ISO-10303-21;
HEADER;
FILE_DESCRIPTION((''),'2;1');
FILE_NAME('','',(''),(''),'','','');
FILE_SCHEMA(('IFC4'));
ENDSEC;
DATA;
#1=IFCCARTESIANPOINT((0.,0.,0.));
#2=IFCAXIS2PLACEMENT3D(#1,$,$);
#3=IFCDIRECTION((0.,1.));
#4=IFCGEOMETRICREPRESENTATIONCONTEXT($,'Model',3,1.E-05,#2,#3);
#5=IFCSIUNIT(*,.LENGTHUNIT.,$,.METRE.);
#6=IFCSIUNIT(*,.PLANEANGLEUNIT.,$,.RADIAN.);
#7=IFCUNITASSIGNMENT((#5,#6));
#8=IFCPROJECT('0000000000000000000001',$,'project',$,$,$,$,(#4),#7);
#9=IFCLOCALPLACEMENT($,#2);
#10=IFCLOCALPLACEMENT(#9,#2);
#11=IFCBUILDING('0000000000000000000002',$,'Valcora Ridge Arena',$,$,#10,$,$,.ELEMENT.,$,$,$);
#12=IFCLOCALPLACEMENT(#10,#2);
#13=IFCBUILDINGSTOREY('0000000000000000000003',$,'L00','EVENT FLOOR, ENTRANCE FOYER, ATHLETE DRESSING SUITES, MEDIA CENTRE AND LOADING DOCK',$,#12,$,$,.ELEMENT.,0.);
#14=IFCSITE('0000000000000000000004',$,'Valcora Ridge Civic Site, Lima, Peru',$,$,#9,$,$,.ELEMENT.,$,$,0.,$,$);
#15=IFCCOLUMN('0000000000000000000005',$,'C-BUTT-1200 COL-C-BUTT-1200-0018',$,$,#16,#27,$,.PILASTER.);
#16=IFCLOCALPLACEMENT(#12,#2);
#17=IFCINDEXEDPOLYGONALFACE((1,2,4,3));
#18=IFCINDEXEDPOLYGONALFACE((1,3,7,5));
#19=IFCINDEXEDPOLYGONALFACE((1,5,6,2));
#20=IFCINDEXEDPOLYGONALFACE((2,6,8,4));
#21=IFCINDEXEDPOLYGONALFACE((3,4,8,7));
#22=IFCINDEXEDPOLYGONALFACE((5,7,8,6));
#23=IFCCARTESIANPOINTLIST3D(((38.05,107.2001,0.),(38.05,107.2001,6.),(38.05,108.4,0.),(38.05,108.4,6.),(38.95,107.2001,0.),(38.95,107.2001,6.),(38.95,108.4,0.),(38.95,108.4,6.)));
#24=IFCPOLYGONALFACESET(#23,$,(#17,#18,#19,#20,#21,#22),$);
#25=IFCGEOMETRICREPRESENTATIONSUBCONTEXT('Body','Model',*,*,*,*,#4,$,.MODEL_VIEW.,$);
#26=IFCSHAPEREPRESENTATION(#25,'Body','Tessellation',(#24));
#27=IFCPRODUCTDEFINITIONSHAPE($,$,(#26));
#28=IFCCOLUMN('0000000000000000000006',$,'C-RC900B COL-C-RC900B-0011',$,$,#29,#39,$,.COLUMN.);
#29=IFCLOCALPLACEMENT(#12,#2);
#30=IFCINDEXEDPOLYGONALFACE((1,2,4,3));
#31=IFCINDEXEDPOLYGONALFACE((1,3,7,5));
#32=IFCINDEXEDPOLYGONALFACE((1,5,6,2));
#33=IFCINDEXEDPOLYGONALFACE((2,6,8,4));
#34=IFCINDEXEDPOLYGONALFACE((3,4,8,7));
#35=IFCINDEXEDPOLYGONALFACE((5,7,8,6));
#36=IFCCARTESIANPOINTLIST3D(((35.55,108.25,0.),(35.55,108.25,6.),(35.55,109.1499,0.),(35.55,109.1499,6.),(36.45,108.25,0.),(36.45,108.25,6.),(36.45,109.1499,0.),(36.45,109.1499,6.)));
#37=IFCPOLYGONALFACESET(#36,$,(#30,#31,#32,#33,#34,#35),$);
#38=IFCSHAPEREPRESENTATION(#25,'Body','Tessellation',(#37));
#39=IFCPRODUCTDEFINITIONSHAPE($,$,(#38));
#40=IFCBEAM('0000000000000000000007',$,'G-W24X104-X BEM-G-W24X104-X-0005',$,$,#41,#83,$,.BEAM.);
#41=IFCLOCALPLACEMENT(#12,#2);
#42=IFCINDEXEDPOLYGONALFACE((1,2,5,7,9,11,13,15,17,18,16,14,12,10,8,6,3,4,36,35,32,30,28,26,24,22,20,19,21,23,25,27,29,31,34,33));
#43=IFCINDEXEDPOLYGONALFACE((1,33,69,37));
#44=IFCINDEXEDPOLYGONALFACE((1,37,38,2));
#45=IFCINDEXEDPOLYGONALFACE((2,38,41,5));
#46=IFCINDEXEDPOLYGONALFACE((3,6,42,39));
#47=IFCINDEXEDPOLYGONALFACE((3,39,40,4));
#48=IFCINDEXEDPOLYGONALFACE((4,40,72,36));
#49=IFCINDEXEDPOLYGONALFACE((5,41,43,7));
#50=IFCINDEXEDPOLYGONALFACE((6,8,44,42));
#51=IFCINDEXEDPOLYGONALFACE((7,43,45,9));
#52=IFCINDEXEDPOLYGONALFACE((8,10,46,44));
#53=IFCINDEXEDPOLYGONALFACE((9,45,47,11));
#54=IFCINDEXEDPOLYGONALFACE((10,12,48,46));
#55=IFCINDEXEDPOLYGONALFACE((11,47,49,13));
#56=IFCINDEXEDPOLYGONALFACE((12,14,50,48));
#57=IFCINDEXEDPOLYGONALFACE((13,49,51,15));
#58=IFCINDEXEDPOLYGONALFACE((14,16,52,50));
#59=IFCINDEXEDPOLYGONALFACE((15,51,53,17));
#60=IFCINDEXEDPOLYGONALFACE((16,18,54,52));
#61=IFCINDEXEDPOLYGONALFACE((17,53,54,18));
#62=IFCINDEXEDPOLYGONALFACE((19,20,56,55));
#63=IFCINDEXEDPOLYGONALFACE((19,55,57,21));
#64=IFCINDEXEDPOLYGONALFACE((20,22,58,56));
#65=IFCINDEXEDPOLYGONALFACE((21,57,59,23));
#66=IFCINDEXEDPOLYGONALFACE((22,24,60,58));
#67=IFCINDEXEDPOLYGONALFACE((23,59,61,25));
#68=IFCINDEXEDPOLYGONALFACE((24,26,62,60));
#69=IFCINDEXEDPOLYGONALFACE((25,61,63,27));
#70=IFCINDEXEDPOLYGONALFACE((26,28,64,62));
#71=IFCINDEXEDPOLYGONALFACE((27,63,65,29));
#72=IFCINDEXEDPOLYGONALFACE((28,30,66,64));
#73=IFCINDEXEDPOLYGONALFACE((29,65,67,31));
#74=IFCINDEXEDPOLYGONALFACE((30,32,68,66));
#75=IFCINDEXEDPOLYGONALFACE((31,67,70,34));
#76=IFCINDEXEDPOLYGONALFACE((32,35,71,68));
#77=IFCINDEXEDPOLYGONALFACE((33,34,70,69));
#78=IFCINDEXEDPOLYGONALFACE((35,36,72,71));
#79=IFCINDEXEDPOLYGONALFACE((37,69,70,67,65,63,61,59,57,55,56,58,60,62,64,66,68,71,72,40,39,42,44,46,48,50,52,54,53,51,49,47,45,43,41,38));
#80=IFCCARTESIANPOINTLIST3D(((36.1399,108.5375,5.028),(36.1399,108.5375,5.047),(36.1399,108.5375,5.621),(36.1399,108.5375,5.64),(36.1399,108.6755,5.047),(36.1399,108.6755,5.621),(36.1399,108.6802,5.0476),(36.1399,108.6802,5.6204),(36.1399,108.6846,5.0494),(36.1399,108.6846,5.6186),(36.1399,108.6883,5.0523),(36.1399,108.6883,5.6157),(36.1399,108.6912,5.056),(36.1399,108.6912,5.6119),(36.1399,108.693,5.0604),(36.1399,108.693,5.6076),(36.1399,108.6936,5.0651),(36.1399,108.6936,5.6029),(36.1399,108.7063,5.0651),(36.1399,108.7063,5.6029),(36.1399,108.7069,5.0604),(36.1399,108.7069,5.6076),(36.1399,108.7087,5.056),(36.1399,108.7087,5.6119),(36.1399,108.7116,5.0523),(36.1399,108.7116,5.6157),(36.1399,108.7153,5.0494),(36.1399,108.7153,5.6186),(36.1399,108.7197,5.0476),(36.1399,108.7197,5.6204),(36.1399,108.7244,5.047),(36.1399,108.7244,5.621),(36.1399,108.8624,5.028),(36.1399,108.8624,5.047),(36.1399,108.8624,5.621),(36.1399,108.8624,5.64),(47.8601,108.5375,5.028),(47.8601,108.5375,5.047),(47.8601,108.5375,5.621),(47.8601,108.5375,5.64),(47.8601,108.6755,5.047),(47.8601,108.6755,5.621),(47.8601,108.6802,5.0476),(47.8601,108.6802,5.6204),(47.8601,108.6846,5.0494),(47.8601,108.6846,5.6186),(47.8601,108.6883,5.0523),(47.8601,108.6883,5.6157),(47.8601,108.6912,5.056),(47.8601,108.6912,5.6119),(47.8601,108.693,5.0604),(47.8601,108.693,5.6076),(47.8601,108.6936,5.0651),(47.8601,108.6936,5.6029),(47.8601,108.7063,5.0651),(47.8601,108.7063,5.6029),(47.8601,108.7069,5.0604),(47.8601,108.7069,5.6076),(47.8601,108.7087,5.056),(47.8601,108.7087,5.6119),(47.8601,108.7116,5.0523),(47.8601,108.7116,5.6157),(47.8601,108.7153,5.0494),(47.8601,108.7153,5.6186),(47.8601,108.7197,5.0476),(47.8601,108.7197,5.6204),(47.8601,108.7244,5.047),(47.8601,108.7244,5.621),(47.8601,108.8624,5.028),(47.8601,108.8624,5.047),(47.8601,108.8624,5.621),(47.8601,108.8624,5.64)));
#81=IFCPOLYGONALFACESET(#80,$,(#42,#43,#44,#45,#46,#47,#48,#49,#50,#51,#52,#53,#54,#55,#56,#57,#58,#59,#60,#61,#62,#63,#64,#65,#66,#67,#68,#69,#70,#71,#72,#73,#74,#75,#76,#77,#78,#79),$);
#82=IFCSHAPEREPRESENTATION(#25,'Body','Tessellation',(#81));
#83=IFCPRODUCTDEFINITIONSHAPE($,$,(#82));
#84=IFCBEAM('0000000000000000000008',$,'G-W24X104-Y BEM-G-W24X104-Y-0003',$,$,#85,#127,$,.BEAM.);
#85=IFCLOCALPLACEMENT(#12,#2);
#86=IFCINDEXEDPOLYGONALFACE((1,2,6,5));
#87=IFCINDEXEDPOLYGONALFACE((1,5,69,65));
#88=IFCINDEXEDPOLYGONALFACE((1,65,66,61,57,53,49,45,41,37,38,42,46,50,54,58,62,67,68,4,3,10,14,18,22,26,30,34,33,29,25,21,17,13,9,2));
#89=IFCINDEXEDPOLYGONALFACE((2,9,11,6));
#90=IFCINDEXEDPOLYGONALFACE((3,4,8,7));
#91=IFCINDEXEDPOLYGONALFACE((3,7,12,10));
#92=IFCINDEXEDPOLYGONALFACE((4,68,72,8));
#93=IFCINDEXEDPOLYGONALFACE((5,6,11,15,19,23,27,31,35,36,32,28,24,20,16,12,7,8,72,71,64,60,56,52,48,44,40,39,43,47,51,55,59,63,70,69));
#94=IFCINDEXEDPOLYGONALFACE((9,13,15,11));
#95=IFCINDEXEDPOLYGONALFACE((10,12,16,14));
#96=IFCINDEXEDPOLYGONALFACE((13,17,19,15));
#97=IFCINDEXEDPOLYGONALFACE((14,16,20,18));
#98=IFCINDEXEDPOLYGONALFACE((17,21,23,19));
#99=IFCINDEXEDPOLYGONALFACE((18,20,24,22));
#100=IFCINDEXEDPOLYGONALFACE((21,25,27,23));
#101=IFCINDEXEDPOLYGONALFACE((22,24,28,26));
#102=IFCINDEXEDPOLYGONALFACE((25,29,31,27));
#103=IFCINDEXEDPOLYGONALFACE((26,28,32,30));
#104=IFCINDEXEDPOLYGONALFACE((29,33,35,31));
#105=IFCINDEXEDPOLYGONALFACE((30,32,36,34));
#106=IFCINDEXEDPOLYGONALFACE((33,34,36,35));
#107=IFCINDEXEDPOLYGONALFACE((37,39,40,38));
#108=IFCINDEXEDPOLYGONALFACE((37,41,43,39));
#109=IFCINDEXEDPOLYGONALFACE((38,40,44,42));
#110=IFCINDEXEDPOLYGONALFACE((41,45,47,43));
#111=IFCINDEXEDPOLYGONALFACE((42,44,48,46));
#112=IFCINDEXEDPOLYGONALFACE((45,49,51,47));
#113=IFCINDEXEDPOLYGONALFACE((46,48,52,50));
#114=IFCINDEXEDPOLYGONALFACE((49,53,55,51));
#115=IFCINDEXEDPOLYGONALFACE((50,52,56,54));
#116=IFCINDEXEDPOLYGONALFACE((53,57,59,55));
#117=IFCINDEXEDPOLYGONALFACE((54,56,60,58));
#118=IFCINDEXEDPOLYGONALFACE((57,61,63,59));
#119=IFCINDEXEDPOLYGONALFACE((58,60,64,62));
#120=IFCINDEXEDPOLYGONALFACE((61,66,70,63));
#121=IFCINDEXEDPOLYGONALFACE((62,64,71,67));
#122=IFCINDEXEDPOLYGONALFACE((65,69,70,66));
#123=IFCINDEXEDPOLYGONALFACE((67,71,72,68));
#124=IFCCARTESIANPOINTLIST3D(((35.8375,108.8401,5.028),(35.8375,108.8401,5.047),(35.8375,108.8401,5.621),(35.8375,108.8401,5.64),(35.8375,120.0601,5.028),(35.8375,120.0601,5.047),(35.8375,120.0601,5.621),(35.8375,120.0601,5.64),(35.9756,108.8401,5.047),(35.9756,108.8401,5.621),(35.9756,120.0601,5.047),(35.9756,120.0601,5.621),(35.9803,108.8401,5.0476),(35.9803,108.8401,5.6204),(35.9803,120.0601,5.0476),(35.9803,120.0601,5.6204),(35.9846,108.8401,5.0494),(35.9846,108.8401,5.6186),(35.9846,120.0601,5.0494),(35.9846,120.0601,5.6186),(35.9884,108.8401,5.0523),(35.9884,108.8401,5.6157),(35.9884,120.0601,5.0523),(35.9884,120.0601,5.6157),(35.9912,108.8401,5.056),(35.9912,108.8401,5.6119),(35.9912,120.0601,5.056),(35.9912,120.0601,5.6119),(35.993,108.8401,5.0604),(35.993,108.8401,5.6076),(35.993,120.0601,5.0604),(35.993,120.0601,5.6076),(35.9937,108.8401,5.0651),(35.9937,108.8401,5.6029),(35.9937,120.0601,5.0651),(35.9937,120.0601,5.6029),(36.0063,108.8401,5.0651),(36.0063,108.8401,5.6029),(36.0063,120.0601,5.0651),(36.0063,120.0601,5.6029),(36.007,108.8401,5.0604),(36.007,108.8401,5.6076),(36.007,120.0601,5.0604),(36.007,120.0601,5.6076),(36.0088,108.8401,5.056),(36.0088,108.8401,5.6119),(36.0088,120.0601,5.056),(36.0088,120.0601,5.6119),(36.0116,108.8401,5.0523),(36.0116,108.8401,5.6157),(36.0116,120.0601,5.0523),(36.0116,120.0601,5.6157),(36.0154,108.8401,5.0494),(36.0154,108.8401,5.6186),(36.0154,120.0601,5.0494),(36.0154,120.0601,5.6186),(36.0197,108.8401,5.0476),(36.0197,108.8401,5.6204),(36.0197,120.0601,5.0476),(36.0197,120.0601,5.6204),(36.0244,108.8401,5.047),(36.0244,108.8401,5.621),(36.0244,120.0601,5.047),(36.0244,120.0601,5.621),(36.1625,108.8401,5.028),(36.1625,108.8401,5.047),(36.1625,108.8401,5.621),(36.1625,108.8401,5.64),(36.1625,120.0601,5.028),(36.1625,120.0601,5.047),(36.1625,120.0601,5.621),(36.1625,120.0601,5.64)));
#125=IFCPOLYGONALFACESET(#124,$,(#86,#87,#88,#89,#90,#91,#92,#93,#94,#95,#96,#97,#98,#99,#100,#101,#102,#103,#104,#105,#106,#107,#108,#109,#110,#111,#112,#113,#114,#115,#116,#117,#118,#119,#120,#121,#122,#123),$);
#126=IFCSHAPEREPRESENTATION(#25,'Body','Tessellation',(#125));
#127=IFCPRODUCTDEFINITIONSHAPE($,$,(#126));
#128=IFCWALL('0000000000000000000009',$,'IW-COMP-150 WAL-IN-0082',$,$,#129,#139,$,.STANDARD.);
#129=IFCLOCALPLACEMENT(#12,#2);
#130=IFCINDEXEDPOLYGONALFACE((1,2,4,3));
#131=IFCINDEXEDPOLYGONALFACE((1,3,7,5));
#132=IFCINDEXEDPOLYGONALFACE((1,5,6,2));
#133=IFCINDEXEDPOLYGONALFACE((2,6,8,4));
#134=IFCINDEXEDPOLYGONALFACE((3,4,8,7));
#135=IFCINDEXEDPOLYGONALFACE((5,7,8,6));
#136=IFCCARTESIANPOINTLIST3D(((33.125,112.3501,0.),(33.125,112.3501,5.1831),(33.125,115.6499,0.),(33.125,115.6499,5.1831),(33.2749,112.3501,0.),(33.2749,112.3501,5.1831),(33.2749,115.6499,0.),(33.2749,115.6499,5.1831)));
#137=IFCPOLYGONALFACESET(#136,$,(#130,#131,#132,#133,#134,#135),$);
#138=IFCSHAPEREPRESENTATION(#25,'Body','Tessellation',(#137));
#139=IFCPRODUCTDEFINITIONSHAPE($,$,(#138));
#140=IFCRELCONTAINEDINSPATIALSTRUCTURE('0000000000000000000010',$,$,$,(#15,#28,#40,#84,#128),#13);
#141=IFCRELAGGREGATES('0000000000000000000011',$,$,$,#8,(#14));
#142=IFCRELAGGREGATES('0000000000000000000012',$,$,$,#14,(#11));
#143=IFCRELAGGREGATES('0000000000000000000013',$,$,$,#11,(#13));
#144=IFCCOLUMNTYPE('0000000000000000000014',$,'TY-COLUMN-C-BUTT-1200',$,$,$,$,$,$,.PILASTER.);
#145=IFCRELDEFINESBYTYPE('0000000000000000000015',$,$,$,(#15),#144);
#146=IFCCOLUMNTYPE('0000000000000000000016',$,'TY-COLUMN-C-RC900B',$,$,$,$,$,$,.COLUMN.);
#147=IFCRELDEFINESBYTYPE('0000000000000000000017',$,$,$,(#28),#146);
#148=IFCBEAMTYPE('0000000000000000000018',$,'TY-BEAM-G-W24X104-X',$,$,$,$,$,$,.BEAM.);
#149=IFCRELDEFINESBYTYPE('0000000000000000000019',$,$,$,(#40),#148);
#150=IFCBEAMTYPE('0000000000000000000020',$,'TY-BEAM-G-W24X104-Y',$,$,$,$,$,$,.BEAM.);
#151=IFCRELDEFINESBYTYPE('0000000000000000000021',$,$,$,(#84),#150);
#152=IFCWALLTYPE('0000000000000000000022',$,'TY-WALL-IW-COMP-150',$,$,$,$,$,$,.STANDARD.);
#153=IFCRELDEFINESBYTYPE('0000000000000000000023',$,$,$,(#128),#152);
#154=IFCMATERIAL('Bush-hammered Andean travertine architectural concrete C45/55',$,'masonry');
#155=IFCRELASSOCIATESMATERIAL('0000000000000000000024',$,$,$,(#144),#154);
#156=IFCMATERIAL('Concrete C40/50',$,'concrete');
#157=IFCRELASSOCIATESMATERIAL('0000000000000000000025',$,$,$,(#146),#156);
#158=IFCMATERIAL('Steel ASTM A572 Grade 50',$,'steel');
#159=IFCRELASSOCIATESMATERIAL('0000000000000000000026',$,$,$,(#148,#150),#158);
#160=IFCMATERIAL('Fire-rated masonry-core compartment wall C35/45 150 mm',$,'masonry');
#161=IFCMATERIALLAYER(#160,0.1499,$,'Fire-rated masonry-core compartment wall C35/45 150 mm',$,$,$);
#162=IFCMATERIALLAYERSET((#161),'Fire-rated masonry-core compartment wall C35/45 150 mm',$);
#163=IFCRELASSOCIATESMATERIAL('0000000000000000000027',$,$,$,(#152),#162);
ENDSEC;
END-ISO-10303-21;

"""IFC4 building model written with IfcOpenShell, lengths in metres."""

from ifc_helpers import new_model, si_unit, direction, frame, frame_2d, origin, origin_2d, place, context, subcontext, project, spatial, rectangle, i_section, extrude, material, layer, layer_set, material_profile, profile_set, type_object, element, save


model = new_model("IFC4")

# Units and contexts
model_context = context("Model", 3, precision=1e-05, world=origin(), true_north=direction((0.0, 1.0)))
body_context = subcontext(model_context, "Body", "Model", "MODEL_VIEW")
ifc_project = project(units=[si_unit("LENGTHUNIT", "METRE"), si_unit("PLANEANGLEUNIT", "RADIAN")], contexts=[model_context])

# Site, building, storey
site_placement = place(None, origin())
site = spatial("IfcSite", under=ifc_project, at=site_placement, Name="Valcora Ridge Civic Site, Lima, Peru", CompositionType="ELEMENT", RefElevation=0.0)
building_placement = place(site_placement, origin())
building = spatial("IfcBuilding", under=site, at=building_placement, Name="Valcora Ridge Arena", CompositionType="ELEMENT")
storey_placement = place(building_placement, origin())
storey = spatial("IfcBuildingStorey", under=building, at=storey_placement, Name="L00", Description="EVENT FLOOR, ENTRANCE FOYER, ATHLETE DRESSING SUITES, MEDIA CENTRE AND LOADING DOCK", CompositionType="ELEMENT", Elevation=0.0)

# Columns
ifc_material_1 = material(Name="Bush-hammered Andean travertine architectural concrete C45/55", Category="masonry")
ifc_material_profile_1 = material_profile(ifc_material_1, rectangle(XDim=0.8999, YDim=1.2, at=origin_2d()), Name="RC 900x1200")
ifc_profile_set_1 = profile_set([ifc_material_profile_1], Name="Bush-hammered Andean travertine architectural concrete C45/55")
column_type_1 = type_object("IfcColumnType", Name="TY-COLUMN-C-BUTT-1200", PredefinedType="PILASTER", material=ifc_profile_set_1)
column_1_placement = place(storey_placement, frame((38.5, 107.8, 0.0), z_axis=(0.0, 0.0, 1.0), x_axis=(1.0, 0.0, 0.0)))
element("IfcColumn", 1, at=column_1_placement, inside=storey, type_object=column_type_1, Name="C-BUTT-1200 COL-C-BUTT-1200-0018", PredefinedType="PILASTER", context=body_context, shape_type="SweptSolid", body=[
    extrude(rectangle(XDim=0.8999, YDim=1.2, at=origin_2d()), origin(), (0.0, 0.0, 1.0), 6.0),
])
ifc_material_2 = material(Name="Concrete C40/50", Category="concrete")
ifc_material_profile_2 = material_profile(ifc_material_2, rectangle(XDim=0.8999, YDim=0.8999, at=origin_2d()), Name="RC 900x900")
ifc_profile_set_2 = profile_set([ifc_material_profile_2], Name="Concrete C40/50")
column_type_2 = type_object("IfcColumnType", Name="TY-COLUMN-C-RC900B", PredefinedType="COLUMN", material=ifc_profile_set_2)
column_2_placement = place(storey_placement, frame((36.0, 108.7, 0.0), z_axis=(0.0, 0.0, 1.0), x_axis=(1.0, 0.0, 0.0)))
element("IfcColumn", 2, at=column_2_placement, inside=storey, type_object=column_type_2, Name="C-RC900B COL-C-RC900B-0011", PredefinedType="COLUMN", context=body_context, shape_type="SweptSolid", body=[
    extrude(rectangle(XDim=0.8999, YDim=0.8999, at=origin_2d()), origin(), (0.0, 0.0, 1.0), 6.0),
])

# Beams
ifc_material_3 = material(Name="Steel ASTM A572 Grade 50", Category="steel")
ifc_material_profile_3 = material_profile(ifc_material_3, i_section(OverallWidth=0.325, OverallDepth=0.6121, WebThickness=0.0127, FlangeThickness=0.019, FilletRadius=0.0181, at=origin_2d()), Name="W24X104")
ifc_profile_set_3 = profile_set([ifc_material_profile_3], Name="Steel ASTM A572 Grade 50")
beam_type_1 = type_object("IfcBeamType", Name="TY-BEAM-G-W24X104-X", PredefinedType="BEAM", material=ifc_profile_set_3)
beam_1_placement = place(storey_placement, frame((36.1399, 108.7, 5.334), z_axis=(1.0, 0.0, 0.0), x_axis=(0.0, 1.0, 0.0)))
element("IfcBeam", 3, at=beam_1_placement, inside=storey, type_object=beam_type_1, Name="G-W24X104-X BEM-G-W24X104-X-0005", PredefinedType="BEAM", context=body_context, shape_type="SweptSolid", body=[
    extrude(i_section(OverallWidth=0.325, OverallDepth=0.6121, WebThickness=0.0127, FlangeThickness=0.019, FilletRadius=0.0181, at=origin_2d()), origin(), (0.0, 0.0, 1.0), 11.7202),
])
ifc_material_profile_4 = material_profile(ifc_material_3, i_section(OverallWidth=0.325, OverallDepth=0.6121, WebThickness=0.0127, FlangeThickness=0.019, FilletRadius=0.0181, at=origin_2d()), Name="W24X104")
ifc_profile_set_4 = profile_set([ifc_material_profile_4], Name="Steel ASTM A572 Grade 50")
beam_type_2 = type_object("IfcBeamType", Name="TY-BEAM-G-W24X104-Y", PredefinedType="BEAM", material=ifc_profile_set_4)
beam_2_placement = place(storey_placement, frame((36.0, 108.8401, 5.334), z_axis=(0.0, 1.0, 0.0), x_axis=(-1.0, 0.0, 0.0)))
element("IfcBeam", 4, at=beam_2_placement, inside=storey, type_object=beam_type_2, Name="G-W24X104-Y BEM-G-W24X104-Y-0003", PredefinedType="BEAM", context=body_context, shape_type="SweptSolid", body=[
    extrude(i_section(OverallWidth=0.325, OverallDepth=0.6121, WebThickness=0.0127, FlangeThickness=0.019, FilletRadius=0.0181, at=origin_2d()), origin(), (0.0, 0.0, 1.0), 11.22),
])

# Wall
ifc_material_4 = material(Name="Fire-rated masonry-core compartment wall C35/45 150 mm", Category="masonry")
ifc_layer = layer(ifc_material_4, 0.1499, Name="Fire-rated masonry-core compartment wall C35/45 150 mm")
ifc_layer_set = layer_set([ifc_layer], Name="Fire-rated masonry-core compartment wall C35/45 150 mm")
wall_type = type_object("IfcWallType", Name="TY-WALL-IW-COMP-150", PredefinedType="STANDARD", material=ifc_layer_set)
wall_placement = place(storey_placement, frame((33.2, 112.3501, 0.0), z_axis=(0.0, 0.0, 1.0), x_axis=(0.0, 1.0, 0.0)))
element("IfcWall", 5, at=wall_placement, inside=storey, type_object=wall_type, Name="IW-COMP-150 WAL-IN-0082", PredefinedType="STANDARD", context=body_context, shape_type="SweptSolid", body=[
    extrude(rectangle(XDim=3.2998, YDim=0.1499, at=frame_2d((1.6499, 0.0))), origin(), (0.0, 0.0, 1.0), 5.1831),
])

save(model, "model.ifc")
